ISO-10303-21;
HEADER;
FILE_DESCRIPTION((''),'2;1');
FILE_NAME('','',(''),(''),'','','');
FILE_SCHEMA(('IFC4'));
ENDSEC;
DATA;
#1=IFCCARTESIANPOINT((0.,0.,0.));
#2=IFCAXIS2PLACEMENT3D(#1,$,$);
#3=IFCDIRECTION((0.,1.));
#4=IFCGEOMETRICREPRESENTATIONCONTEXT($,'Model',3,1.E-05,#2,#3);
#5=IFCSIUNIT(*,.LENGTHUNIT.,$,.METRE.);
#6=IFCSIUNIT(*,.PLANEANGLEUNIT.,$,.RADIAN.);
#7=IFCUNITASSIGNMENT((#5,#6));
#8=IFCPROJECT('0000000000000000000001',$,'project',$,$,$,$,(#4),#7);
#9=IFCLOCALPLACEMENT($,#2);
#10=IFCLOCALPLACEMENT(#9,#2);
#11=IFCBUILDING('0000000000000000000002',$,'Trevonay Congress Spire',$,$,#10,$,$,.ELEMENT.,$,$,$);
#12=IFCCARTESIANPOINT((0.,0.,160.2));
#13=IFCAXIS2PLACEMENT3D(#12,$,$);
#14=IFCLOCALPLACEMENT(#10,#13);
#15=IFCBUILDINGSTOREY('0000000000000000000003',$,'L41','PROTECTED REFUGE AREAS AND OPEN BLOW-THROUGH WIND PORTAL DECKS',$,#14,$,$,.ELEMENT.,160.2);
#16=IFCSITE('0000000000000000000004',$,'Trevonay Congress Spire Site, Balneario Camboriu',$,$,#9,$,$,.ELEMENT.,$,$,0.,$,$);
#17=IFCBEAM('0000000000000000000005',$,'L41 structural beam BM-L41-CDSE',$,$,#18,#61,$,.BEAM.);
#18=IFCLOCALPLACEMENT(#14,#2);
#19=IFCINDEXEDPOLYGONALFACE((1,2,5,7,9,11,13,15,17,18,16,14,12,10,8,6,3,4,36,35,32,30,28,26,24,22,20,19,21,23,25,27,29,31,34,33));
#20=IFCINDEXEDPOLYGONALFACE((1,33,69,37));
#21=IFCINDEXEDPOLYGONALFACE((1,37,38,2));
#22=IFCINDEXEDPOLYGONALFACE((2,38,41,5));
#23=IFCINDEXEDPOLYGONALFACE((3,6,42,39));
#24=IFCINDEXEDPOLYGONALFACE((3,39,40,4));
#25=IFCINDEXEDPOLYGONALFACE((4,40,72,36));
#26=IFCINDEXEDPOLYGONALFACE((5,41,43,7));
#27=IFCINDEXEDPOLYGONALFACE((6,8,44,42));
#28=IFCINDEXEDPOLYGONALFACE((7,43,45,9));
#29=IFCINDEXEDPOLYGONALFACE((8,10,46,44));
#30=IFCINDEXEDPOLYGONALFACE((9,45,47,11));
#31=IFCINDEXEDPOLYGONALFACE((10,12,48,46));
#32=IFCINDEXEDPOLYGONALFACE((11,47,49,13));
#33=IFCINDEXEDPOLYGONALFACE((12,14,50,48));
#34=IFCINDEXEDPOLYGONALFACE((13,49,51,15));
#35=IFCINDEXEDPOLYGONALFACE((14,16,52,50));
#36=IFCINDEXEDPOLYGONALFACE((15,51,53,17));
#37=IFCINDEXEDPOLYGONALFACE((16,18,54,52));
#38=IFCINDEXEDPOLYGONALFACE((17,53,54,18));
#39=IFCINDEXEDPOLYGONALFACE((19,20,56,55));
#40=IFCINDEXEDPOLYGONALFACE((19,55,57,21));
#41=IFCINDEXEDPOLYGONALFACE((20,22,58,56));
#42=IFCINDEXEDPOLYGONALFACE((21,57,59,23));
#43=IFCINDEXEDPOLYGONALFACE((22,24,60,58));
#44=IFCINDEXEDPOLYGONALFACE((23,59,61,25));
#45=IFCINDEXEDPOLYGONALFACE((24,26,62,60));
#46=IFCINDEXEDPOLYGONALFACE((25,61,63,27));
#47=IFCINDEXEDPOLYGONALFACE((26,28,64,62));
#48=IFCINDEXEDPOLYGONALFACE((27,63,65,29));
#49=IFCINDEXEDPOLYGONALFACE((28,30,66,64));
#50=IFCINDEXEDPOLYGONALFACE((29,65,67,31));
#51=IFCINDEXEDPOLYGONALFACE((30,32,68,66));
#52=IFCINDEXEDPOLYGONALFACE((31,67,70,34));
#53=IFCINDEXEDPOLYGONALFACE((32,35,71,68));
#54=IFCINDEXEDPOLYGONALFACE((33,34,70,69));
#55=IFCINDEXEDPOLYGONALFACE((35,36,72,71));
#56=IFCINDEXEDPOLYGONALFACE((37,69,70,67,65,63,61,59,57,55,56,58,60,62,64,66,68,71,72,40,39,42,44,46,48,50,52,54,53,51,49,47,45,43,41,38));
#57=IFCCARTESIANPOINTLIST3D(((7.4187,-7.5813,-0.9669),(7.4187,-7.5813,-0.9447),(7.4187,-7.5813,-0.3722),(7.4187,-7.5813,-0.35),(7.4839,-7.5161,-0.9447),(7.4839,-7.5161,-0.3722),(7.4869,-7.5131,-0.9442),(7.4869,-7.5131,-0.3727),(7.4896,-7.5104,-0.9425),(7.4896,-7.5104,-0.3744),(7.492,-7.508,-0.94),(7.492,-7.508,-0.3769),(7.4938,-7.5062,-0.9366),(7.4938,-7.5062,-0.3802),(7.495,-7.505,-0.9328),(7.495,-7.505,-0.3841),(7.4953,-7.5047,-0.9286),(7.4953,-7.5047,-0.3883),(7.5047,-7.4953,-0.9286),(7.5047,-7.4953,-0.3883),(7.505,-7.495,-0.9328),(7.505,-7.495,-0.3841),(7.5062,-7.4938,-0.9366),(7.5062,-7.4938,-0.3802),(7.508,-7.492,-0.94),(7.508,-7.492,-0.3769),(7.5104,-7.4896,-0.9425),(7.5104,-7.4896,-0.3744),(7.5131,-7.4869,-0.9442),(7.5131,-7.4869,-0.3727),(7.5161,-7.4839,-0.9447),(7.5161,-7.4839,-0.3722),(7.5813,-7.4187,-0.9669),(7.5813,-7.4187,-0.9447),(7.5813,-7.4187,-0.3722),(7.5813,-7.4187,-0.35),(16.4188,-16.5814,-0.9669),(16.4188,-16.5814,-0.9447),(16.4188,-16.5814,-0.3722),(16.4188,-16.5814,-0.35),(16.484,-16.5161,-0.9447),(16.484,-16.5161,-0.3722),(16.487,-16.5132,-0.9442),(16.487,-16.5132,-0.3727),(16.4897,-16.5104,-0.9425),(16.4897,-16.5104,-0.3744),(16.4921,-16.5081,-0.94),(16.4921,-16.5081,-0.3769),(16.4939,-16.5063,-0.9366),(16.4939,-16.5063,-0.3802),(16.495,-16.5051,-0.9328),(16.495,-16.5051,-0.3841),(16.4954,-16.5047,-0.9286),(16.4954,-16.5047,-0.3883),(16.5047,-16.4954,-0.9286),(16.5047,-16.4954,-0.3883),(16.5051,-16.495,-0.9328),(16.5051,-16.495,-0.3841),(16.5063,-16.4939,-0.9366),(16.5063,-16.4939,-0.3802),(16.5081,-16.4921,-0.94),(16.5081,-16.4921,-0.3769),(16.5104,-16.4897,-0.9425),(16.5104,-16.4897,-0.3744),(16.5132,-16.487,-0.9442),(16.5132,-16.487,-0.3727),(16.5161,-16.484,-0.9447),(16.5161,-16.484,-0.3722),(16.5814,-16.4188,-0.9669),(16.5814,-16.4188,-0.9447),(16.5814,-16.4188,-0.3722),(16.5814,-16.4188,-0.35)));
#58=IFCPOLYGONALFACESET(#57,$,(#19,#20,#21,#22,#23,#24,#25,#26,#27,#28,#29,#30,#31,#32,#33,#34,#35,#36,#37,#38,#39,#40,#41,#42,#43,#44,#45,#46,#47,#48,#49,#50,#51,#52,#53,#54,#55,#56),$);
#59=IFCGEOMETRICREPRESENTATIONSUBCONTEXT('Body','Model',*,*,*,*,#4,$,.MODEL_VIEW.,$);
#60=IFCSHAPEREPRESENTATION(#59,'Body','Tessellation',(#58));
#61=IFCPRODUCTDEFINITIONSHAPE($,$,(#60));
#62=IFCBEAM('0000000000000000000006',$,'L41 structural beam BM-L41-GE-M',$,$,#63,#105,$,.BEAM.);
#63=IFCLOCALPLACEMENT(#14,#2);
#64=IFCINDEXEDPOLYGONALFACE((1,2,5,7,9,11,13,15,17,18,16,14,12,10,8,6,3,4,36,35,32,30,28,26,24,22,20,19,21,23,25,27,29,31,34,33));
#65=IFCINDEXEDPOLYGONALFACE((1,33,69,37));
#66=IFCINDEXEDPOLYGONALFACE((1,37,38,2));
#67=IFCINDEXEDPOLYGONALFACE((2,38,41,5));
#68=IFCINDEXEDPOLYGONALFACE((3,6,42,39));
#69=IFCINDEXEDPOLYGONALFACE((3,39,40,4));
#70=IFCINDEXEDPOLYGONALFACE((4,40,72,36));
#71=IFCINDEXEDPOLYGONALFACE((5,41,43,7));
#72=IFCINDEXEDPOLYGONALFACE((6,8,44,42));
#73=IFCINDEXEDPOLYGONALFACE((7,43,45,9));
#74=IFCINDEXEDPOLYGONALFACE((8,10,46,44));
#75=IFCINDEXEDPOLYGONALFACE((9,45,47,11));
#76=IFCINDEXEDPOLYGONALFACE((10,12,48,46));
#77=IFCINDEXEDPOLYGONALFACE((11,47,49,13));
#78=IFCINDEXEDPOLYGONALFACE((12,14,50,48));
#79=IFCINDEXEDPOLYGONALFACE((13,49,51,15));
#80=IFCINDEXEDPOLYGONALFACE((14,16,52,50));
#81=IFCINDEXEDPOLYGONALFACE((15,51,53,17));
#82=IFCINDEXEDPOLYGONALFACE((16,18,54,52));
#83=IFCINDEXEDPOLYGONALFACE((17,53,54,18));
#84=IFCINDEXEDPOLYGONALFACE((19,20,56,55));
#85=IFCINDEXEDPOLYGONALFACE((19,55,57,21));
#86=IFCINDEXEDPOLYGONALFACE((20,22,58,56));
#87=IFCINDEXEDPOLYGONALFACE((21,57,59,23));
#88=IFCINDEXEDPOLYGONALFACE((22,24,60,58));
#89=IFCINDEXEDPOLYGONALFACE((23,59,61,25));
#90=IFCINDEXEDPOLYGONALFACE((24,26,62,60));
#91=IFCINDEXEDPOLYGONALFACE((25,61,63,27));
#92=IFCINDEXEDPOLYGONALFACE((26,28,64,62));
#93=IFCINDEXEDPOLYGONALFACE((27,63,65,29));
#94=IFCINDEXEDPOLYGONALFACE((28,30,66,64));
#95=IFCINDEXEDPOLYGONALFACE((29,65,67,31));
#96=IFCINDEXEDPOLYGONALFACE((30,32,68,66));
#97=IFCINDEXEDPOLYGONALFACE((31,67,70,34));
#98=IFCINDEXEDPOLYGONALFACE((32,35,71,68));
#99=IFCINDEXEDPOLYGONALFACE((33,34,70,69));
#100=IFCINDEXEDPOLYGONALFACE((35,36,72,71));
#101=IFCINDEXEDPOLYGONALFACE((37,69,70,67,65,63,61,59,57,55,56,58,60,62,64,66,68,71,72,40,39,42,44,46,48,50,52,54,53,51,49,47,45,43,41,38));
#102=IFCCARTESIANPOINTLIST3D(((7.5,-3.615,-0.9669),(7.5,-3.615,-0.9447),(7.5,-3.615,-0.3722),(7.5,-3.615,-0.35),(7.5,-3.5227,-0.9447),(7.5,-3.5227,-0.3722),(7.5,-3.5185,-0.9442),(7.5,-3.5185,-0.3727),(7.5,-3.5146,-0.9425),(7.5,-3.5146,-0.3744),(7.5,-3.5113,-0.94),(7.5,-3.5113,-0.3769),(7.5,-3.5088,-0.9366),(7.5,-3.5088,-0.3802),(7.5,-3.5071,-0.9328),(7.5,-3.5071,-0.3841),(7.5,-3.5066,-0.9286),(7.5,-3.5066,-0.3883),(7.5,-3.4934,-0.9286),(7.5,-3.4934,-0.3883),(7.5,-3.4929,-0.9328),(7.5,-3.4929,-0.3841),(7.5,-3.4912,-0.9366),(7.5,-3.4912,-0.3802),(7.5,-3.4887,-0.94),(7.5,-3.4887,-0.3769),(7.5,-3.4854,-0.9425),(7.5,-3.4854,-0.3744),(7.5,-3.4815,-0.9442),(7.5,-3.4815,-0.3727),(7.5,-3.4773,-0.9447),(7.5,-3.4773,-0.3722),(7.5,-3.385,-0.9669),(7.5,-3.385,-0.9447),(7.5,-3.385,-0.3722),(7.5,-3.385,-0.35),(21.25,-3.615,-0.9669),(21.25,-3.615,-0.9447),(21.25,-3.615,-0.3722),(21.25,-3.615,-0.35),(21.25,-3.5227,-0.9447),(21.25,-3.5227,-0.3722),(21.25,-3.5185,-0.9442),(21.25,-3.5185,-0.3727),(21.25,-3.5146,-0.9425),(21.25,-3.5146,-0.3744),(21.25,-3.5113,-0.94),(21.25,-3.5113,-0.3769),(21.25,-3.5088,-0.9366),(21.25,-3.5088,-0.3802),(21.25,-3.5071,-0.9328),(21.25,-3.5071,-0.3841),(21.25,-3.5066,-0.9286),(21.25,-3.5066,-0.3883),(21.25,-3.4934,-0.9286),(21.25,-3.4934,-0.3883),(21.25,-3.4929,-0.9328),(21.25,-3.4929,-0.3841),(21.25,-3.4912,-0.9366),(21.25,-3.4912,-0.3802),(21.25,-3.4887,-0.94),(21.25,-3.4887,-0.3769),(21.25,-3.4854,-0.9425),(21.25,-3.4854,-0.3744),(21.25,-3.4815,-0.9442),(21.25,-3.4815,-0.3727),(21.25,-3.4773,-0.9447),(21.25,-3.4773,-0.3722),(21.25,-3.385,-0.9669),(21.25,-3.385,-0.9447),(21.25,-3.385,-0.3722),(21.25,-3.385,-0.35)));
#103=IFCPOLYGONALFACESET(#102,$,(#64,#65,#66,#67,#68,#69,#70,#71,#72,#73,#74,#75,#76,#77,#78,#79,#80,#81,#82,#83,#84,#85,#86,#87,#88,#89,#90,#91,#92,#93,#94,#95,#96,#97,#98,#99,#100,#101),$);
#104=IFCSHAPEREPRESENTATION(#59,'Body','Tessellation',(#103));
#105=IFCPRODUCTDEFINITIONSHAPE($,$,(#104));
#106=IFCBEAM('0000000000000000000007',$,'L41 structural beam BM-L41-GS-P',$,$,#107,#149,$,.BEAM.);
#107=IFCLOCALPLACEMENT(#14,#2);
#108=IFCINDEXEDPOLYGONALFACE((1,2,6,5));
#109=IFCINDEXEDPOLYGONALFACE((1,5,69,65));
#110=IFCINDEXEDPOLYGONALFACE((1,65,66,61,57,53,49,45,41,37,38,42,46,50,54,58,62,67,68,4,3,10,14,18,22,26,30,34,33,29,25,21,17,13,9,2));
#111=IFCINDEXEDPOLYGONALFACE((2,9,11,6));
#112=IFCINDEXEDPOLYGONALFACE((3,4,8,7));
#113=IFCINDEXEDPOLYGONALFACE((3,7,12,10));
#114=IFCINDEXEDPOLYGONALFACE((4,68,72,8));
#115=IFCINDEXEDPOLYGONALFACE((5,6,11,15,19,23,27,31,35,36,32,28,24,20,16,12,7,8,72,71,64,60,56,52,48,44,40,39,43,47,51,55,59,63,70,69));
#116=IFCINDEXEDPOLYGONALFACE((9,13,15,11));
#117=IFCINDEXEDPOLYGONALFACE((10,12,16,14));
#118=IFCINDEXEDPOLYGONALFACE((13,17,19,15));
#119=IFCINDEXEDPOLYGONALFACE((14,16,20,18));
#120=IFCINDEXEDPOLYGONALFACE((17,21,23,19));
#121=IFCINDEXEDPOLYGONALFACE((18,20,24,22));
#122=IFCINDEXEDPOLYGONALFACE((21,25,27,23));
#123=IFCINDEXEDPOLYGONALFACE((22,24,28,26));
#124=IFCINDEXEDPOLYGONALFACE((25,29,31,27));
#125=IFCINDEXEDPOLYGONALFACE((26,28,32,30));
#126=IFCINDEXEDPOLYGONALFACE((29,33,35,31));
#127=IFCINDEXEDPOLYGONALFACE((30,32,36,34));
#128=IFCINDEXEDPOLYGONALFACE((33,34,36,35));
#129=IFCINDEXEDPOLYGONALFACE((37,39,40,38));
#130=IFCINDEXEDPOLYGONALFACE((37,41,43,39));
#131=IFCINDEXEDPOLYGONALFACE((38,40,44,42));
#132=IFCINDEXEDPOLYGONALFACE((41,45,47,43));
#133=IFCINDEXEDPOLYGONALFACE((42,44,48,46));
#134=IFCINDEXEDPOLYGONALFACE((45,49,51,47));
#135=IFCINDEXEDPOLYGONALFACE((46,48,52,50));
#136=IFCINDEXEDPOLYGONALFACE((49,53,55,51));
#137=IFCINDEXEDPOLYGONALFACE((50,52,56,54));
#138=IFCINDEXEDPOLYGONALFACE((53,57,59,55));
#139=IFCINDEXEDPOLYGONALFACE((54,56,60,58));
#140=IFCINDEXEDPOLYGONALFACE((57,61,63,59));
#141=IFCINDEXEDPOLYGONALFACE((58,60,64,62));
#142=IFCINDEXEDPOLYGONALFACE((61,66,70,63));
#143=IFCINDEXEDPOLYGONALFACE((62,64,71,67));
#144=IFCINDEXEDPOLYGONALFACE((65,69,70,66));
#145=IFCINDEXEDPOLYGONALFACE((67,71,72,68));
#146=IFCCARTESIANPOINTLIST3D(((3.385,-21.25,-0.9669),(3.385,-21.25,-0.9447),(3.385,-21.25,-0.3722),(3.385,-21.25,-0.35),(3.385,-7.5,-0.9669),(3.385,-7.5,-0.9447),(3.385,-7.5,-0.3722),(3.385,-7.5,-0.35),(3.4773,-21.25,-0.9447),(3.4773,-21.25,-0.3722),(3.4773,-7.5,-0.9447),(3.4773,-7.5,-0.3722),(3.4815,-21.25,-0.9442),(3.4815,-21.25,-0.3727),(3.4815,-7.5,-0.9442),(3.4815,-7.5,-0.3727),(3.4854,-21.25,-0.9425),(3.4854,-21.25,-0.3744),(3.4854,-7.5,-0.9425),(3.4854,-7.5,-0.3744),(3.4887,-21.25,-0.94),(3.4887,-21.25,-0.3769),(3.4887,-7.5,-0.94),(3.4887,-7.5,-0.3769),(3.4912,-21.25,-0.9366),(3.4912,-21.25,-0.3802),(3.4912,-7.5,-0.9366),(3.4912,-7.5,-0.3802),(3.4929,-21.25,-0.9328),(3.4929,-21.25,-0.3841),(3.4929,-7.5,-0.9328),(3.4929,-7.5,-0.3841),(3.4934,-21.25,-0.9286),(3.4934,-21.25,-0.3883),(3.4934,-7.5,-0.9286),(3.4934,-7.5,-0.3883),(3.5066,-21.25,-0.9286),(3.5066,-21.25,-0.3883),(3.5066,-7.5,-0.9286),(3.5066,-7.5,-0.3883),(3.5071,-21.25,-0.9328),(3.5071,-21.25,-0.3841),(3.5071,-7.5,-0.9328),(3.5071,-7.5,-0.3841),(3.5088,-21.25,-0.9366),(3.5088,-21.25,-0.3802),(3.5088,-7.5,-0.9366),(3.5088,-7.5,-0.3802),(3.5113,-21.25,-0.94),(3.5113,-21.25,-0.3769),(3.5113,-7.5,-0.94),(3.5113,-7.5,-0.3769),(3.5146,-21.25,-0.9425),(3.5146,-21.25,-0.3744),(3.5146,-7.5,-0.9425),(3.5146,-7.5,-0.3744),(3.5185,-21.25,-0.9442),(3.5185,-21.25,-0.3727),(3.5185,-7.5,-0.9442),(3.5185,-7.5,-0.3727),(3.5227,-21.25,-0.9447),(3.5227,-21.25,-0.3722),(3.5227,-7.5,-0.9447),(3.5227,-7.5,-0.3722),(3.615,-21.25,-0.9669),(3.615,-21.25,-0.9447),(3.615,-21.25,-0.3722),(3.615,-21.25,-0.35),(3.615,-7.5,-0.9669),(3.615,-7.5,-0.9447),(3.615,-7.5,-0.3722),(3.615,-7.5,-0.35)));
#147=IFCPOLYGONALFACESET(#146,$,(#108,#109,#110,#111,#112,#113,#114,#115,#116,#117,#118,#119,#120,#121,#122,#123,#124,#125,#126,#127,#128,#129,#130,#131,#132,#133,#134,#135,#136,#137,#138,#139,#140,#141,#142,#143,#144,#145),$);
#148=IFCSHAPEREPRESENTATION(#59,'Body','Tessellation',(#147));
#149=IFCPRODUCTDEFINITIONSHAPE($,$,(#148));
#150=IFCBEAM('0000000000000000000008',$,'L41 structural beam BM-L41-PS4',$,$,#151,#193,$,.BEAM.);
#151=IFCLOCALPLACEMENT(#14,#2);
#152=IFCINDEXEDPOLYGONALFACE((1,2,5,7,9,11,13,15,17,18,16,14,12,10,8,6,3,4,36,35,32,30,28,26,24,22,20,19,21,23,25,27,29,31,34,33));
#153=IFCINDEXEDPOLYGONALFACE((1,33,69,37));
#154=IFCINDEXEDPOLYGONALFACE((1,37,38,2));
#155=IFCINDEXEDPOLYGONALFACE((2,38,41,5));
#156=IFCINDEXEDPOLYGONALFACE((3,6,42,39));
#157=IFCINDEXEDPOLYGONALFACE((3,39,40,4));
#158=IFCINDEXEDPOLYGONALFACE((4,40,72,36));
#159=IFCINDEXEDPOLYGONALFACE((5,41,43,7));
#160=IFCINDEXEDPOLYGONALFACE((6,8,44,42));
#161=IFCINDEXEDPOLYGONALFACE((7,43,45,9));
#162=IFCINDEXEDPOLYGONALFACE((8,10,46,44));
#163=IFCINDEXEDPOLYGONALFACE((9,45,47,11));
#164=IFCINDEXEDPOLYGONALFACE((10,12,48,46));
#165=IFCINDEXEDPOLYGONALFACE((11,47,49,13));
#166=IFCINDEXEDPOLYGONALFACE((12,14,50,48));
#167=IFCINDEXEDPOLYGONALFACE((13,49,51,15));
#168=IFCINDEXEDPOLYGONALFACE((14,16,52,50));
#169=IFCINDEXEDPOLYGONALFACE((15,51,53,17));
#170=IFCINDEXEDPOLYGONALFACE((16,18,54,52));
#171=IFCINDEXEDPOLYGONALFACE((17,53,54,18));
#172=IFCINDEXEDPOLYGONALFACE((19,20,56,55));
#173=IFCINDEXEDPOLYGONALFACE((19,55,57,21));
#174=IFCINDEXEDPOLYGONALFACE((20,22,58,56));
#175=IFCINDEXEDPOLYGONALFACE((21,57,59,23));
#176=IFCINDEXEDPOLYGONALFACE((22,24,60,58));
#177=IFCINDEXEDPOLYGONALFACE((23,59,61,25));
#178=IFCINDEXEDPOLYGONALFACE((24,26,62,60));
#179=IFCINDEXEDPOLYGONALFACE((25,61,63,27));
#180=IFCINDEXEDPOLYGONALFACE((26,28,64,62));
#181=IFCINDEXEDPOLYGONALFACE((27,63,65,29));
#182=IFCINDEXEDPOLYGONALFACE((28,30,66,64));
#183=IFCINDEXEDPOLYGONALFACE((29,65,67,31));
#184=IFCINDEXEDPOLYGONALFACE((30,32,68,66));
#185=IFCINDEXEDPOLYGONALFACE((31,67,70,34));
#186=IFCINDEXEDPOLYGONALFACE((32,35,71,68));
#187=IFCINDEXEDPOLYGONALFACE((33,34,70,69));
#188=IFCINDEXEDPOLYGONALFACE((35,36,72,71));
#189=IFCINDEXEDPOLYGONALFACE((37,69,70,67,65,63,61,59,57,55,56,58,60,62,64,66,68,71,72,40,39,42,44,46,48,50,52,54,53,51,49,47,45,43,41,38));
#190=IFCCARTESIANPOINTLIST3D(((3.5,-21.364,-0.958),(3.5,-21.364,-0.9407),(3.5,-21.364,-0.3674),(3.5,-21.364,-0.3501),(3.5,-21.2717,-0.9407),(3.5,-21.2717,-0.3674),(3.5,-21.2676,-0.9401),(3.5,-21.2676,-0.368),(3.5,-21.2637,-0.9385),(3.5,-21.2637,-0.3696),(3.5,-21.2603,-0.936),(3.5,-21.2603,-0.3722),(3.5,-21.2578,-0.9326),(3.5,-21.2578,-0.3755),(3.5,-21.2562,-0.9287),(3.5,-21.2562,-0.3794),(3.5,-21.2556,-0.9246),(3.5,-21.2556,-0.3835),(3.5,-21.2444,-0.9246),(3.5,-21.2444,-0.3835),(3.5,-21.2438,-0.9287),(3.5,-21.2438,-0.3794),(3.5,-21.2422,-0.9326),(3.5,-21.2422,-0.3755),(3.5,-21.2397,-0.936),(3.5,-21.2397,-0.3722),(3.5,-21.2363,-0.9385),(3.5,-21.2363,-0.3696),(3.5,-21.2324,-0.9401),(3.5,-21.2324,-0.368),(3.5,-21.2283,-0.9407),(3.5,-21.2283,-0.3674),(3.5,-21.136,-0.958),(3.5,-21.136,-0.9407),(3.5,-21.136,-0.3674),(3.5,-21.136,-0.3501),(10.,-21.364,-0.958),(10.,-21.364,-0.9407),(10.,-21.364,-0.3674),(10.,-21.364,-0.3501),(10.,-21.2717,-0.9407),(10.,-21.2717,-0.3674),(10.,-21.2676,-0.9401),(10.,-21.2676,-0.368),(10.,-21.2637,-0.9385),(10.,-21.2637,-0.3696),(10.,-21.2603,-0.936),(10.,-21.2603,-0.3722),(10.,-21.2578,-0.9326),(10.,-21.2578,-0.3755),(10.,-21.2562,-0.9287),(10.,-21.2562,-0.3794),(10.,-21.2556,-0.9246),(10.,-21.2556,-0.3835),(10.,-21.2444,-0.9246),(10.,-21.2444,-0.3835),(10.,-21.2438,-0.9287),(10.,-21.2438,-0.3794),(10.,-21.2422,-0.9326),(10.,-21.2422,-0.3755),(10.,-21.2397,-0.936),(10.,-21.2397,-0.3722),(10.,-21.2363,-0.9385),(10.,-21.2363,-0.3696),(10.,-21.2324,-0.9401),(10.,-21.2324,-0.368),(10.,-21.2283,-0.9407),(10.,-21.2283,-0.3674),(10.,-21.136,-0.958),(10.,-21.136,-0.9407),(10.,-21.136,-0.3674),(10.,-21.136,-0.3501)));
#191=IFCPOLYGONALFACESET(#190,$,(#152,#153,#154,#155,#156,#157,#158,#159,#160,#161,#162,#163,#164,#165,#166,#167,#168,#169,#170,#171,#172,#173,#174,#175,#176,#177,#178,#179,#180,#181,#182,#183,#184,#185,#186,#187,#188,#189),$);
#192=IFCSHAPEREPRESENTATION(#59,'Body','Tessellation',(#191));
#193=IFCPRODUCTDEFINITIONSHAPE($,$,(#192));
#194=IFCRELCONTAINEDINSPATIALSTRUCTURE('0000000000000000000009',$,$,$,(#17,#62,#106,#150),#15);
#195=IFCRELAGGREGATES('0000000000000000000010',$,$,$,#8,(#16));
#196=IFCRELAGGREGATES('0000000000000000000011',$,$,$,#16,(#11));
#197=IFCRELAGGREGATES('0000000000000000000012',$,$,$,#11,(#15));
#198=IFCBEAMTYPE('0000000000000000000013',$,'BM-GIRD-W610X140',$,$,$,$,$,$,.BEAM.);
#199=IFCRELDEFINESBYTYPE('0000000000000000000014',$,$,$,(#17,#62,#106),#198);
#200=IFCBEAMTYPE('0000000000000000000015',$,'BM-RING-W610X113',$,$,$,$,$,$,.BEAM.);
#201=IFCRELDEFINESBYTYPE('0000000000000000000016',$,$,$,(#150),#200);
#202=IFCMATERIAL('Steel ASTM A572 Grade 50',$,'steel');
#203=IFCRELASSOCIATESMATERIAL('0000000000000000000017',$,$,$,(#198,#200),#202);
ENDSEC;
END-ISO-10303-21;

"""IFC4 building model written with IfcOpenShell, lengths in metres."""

from ifc_helpers import new_model, si_unit, direction, frame, origin, origin_2d, place, context, subcontext, project, spatial, i_section, extrude, material, material_profile, profile_set, type_object, element, save


model = new_model("IFC4")

# Units and contexts
model_context = context("Model", 3, precision=1e-05, world=origin(), true_north=direction((0.0, 1.0)))
body_context = subcontext(model_context, "Body", "Model", "MODEL_VIEW")
ifc_project = project(units=[si_unit("LENGTHUNIT", "METRE"), si_unit("PLANEANGLEUNIT", "RADIAN")], contexts=[model_context])

# Site, building, storey
site_placement = place(None, origin())
site = spatial("IfcSite", under=ifc_project, at=site_placement, Name="Trevonay Congress Spire Site, Balneario Camboriu", CompositionType="ELEMENT", RefElevation=0.0)
building_placement = place(site_placement, origin())
building = spatial("IfcBuilding", under=site, at=building_placement, Name="Trevonay Congress Spire", CompositionType="ELEMENT")
storey_placement = place(building_placement, frame((0.0, 0.0, 160.2)))
storey = spatial("IfcBuildingStorey", under=building, at=storey_placement, Name="L41", Description="PROTECTED REFUGE AREAS AND OPEN BLOW-THROUGH WIND PORTAL DECKS", CompositionType="ELEMENT", Elevation=160.2)

# Shared definitions
ifc_material_1 = material(Name="Steel ASTM A572 Grade 50", Category="steel")

# Beams
ifc_material_profile_1 = material_profile(ifc_material_1, i_section(OverallWidth=0.23, OverallDepth=0.6169, WebThickness=0.0132, FlangeThickness=0.0222, FilletRadius=0.0161, at=origin_2d()), Name="W610x140")
ifc_profile_set_1 = profile_set([ifc_material_profile_1], Name="Steel ASTM A572 Grade 50")
beam_type_1 = type_object("IfcBeamType", Name="BM-GIRD-W610X140", PredefinedType="BEAM", material=ifc_profile_set_1)
beam_1_placement = place(storey_placement, frame((7.5, -7.5, -0.6584), z_axis=(0.707107, -0.707107, 0.0), x_axis=(0.707107, 0.707107, 0.0)))
element("IfcBeam", 1, at=beam_1_placement, inside=storey, type_object=beam_type_1, Name="L41 structural beam BM-L41-CDSE", PredefinedType="BEAM", context=body_context, shape_type="SweptSolid", body=[
    extrude(i_section(OverallWidth=0.23, OverallDepth=0.6169, WebThickness=0.0132, FlangeThickness=0.0222, FilletRadius=0.0161, at=origin_2d()), origin(), (0.0, 0.0, 1.0), 12.728),
])
for number, where, z_axis, x_axis, name in (
    (2, (7.5, -3.5, -0.6584), (1.0, 0.0, 0.0), (0.0, 1.0, 0.0), "L41 structural beam BM-L41-GE-M"),
    (3, (3.5, -7.5, -0.6584), (0.0, -1.0, 0.0), (1.0, 0.0, 0.0), "L41 structural beam BM-L41-GS-P"),
):
    element("IfcBeam", number, at=place(storey_placement, frame(where, z_axis=z_axis, x_axis=x_axis)), inside=storey, type_object=beam_type_1, Name=name, PredefinedType="BEAM", context=body_context, shape_type="SweptSolid", body=[
        extrude(i_section(OverallWidth=0.23, OverallDepth=0.6169, WebThickness=0.0132, FlangeThickness=0.0222, FilletRadius=0.0161, at=origin_2d()), origin(), (0.0, 0.0, 1.0), 13.75),
    ])
ifc_material_profile_2 = material_profile(ifc_material_1, i_section(OverallWidth=0.228, OverallDepth=0.6079, WebThickness=0.0112, FlangeThickness=0.0173, FilletRadius=0.0161, at=origin_2d()), Name="W610x113")
ifc_profile_set_2 = profile_set([ifc_material_profile_2], Name="Steel ASTM A572 Grade 50")
beam_type_2 = type_object("IfcBeamType", Name="BM-RING-W610X113", PredefinedType="BEAM", material=ifc_profile_set_2)
beam_2_placement = place(storey_placement, frame((3.5, -21.25, -0.6541), z_axis=(1.0, 0.0, 0.0), x_axis=(0.0, 1.0, 0.0)))
element("IfcBeam", 4, at=beam_2_placement, inside=storey, type_object=beam_type_2, Name="L41 structural beam BM-L41-PS4", PredefinedType="BEAM", context=body_context, shape_type="SweptSolid", body=[
    extrude(i_section(OverallWidth=0.228, OverallDepth=0.6079, WebThickness=0.0112, FlangeThickness=0.0173, FilletRadius=0.0161, at=origin_2d()), origin(), (0.0, 0.0, 1.0), 6.5),
])

save(model, "model.ifc")
